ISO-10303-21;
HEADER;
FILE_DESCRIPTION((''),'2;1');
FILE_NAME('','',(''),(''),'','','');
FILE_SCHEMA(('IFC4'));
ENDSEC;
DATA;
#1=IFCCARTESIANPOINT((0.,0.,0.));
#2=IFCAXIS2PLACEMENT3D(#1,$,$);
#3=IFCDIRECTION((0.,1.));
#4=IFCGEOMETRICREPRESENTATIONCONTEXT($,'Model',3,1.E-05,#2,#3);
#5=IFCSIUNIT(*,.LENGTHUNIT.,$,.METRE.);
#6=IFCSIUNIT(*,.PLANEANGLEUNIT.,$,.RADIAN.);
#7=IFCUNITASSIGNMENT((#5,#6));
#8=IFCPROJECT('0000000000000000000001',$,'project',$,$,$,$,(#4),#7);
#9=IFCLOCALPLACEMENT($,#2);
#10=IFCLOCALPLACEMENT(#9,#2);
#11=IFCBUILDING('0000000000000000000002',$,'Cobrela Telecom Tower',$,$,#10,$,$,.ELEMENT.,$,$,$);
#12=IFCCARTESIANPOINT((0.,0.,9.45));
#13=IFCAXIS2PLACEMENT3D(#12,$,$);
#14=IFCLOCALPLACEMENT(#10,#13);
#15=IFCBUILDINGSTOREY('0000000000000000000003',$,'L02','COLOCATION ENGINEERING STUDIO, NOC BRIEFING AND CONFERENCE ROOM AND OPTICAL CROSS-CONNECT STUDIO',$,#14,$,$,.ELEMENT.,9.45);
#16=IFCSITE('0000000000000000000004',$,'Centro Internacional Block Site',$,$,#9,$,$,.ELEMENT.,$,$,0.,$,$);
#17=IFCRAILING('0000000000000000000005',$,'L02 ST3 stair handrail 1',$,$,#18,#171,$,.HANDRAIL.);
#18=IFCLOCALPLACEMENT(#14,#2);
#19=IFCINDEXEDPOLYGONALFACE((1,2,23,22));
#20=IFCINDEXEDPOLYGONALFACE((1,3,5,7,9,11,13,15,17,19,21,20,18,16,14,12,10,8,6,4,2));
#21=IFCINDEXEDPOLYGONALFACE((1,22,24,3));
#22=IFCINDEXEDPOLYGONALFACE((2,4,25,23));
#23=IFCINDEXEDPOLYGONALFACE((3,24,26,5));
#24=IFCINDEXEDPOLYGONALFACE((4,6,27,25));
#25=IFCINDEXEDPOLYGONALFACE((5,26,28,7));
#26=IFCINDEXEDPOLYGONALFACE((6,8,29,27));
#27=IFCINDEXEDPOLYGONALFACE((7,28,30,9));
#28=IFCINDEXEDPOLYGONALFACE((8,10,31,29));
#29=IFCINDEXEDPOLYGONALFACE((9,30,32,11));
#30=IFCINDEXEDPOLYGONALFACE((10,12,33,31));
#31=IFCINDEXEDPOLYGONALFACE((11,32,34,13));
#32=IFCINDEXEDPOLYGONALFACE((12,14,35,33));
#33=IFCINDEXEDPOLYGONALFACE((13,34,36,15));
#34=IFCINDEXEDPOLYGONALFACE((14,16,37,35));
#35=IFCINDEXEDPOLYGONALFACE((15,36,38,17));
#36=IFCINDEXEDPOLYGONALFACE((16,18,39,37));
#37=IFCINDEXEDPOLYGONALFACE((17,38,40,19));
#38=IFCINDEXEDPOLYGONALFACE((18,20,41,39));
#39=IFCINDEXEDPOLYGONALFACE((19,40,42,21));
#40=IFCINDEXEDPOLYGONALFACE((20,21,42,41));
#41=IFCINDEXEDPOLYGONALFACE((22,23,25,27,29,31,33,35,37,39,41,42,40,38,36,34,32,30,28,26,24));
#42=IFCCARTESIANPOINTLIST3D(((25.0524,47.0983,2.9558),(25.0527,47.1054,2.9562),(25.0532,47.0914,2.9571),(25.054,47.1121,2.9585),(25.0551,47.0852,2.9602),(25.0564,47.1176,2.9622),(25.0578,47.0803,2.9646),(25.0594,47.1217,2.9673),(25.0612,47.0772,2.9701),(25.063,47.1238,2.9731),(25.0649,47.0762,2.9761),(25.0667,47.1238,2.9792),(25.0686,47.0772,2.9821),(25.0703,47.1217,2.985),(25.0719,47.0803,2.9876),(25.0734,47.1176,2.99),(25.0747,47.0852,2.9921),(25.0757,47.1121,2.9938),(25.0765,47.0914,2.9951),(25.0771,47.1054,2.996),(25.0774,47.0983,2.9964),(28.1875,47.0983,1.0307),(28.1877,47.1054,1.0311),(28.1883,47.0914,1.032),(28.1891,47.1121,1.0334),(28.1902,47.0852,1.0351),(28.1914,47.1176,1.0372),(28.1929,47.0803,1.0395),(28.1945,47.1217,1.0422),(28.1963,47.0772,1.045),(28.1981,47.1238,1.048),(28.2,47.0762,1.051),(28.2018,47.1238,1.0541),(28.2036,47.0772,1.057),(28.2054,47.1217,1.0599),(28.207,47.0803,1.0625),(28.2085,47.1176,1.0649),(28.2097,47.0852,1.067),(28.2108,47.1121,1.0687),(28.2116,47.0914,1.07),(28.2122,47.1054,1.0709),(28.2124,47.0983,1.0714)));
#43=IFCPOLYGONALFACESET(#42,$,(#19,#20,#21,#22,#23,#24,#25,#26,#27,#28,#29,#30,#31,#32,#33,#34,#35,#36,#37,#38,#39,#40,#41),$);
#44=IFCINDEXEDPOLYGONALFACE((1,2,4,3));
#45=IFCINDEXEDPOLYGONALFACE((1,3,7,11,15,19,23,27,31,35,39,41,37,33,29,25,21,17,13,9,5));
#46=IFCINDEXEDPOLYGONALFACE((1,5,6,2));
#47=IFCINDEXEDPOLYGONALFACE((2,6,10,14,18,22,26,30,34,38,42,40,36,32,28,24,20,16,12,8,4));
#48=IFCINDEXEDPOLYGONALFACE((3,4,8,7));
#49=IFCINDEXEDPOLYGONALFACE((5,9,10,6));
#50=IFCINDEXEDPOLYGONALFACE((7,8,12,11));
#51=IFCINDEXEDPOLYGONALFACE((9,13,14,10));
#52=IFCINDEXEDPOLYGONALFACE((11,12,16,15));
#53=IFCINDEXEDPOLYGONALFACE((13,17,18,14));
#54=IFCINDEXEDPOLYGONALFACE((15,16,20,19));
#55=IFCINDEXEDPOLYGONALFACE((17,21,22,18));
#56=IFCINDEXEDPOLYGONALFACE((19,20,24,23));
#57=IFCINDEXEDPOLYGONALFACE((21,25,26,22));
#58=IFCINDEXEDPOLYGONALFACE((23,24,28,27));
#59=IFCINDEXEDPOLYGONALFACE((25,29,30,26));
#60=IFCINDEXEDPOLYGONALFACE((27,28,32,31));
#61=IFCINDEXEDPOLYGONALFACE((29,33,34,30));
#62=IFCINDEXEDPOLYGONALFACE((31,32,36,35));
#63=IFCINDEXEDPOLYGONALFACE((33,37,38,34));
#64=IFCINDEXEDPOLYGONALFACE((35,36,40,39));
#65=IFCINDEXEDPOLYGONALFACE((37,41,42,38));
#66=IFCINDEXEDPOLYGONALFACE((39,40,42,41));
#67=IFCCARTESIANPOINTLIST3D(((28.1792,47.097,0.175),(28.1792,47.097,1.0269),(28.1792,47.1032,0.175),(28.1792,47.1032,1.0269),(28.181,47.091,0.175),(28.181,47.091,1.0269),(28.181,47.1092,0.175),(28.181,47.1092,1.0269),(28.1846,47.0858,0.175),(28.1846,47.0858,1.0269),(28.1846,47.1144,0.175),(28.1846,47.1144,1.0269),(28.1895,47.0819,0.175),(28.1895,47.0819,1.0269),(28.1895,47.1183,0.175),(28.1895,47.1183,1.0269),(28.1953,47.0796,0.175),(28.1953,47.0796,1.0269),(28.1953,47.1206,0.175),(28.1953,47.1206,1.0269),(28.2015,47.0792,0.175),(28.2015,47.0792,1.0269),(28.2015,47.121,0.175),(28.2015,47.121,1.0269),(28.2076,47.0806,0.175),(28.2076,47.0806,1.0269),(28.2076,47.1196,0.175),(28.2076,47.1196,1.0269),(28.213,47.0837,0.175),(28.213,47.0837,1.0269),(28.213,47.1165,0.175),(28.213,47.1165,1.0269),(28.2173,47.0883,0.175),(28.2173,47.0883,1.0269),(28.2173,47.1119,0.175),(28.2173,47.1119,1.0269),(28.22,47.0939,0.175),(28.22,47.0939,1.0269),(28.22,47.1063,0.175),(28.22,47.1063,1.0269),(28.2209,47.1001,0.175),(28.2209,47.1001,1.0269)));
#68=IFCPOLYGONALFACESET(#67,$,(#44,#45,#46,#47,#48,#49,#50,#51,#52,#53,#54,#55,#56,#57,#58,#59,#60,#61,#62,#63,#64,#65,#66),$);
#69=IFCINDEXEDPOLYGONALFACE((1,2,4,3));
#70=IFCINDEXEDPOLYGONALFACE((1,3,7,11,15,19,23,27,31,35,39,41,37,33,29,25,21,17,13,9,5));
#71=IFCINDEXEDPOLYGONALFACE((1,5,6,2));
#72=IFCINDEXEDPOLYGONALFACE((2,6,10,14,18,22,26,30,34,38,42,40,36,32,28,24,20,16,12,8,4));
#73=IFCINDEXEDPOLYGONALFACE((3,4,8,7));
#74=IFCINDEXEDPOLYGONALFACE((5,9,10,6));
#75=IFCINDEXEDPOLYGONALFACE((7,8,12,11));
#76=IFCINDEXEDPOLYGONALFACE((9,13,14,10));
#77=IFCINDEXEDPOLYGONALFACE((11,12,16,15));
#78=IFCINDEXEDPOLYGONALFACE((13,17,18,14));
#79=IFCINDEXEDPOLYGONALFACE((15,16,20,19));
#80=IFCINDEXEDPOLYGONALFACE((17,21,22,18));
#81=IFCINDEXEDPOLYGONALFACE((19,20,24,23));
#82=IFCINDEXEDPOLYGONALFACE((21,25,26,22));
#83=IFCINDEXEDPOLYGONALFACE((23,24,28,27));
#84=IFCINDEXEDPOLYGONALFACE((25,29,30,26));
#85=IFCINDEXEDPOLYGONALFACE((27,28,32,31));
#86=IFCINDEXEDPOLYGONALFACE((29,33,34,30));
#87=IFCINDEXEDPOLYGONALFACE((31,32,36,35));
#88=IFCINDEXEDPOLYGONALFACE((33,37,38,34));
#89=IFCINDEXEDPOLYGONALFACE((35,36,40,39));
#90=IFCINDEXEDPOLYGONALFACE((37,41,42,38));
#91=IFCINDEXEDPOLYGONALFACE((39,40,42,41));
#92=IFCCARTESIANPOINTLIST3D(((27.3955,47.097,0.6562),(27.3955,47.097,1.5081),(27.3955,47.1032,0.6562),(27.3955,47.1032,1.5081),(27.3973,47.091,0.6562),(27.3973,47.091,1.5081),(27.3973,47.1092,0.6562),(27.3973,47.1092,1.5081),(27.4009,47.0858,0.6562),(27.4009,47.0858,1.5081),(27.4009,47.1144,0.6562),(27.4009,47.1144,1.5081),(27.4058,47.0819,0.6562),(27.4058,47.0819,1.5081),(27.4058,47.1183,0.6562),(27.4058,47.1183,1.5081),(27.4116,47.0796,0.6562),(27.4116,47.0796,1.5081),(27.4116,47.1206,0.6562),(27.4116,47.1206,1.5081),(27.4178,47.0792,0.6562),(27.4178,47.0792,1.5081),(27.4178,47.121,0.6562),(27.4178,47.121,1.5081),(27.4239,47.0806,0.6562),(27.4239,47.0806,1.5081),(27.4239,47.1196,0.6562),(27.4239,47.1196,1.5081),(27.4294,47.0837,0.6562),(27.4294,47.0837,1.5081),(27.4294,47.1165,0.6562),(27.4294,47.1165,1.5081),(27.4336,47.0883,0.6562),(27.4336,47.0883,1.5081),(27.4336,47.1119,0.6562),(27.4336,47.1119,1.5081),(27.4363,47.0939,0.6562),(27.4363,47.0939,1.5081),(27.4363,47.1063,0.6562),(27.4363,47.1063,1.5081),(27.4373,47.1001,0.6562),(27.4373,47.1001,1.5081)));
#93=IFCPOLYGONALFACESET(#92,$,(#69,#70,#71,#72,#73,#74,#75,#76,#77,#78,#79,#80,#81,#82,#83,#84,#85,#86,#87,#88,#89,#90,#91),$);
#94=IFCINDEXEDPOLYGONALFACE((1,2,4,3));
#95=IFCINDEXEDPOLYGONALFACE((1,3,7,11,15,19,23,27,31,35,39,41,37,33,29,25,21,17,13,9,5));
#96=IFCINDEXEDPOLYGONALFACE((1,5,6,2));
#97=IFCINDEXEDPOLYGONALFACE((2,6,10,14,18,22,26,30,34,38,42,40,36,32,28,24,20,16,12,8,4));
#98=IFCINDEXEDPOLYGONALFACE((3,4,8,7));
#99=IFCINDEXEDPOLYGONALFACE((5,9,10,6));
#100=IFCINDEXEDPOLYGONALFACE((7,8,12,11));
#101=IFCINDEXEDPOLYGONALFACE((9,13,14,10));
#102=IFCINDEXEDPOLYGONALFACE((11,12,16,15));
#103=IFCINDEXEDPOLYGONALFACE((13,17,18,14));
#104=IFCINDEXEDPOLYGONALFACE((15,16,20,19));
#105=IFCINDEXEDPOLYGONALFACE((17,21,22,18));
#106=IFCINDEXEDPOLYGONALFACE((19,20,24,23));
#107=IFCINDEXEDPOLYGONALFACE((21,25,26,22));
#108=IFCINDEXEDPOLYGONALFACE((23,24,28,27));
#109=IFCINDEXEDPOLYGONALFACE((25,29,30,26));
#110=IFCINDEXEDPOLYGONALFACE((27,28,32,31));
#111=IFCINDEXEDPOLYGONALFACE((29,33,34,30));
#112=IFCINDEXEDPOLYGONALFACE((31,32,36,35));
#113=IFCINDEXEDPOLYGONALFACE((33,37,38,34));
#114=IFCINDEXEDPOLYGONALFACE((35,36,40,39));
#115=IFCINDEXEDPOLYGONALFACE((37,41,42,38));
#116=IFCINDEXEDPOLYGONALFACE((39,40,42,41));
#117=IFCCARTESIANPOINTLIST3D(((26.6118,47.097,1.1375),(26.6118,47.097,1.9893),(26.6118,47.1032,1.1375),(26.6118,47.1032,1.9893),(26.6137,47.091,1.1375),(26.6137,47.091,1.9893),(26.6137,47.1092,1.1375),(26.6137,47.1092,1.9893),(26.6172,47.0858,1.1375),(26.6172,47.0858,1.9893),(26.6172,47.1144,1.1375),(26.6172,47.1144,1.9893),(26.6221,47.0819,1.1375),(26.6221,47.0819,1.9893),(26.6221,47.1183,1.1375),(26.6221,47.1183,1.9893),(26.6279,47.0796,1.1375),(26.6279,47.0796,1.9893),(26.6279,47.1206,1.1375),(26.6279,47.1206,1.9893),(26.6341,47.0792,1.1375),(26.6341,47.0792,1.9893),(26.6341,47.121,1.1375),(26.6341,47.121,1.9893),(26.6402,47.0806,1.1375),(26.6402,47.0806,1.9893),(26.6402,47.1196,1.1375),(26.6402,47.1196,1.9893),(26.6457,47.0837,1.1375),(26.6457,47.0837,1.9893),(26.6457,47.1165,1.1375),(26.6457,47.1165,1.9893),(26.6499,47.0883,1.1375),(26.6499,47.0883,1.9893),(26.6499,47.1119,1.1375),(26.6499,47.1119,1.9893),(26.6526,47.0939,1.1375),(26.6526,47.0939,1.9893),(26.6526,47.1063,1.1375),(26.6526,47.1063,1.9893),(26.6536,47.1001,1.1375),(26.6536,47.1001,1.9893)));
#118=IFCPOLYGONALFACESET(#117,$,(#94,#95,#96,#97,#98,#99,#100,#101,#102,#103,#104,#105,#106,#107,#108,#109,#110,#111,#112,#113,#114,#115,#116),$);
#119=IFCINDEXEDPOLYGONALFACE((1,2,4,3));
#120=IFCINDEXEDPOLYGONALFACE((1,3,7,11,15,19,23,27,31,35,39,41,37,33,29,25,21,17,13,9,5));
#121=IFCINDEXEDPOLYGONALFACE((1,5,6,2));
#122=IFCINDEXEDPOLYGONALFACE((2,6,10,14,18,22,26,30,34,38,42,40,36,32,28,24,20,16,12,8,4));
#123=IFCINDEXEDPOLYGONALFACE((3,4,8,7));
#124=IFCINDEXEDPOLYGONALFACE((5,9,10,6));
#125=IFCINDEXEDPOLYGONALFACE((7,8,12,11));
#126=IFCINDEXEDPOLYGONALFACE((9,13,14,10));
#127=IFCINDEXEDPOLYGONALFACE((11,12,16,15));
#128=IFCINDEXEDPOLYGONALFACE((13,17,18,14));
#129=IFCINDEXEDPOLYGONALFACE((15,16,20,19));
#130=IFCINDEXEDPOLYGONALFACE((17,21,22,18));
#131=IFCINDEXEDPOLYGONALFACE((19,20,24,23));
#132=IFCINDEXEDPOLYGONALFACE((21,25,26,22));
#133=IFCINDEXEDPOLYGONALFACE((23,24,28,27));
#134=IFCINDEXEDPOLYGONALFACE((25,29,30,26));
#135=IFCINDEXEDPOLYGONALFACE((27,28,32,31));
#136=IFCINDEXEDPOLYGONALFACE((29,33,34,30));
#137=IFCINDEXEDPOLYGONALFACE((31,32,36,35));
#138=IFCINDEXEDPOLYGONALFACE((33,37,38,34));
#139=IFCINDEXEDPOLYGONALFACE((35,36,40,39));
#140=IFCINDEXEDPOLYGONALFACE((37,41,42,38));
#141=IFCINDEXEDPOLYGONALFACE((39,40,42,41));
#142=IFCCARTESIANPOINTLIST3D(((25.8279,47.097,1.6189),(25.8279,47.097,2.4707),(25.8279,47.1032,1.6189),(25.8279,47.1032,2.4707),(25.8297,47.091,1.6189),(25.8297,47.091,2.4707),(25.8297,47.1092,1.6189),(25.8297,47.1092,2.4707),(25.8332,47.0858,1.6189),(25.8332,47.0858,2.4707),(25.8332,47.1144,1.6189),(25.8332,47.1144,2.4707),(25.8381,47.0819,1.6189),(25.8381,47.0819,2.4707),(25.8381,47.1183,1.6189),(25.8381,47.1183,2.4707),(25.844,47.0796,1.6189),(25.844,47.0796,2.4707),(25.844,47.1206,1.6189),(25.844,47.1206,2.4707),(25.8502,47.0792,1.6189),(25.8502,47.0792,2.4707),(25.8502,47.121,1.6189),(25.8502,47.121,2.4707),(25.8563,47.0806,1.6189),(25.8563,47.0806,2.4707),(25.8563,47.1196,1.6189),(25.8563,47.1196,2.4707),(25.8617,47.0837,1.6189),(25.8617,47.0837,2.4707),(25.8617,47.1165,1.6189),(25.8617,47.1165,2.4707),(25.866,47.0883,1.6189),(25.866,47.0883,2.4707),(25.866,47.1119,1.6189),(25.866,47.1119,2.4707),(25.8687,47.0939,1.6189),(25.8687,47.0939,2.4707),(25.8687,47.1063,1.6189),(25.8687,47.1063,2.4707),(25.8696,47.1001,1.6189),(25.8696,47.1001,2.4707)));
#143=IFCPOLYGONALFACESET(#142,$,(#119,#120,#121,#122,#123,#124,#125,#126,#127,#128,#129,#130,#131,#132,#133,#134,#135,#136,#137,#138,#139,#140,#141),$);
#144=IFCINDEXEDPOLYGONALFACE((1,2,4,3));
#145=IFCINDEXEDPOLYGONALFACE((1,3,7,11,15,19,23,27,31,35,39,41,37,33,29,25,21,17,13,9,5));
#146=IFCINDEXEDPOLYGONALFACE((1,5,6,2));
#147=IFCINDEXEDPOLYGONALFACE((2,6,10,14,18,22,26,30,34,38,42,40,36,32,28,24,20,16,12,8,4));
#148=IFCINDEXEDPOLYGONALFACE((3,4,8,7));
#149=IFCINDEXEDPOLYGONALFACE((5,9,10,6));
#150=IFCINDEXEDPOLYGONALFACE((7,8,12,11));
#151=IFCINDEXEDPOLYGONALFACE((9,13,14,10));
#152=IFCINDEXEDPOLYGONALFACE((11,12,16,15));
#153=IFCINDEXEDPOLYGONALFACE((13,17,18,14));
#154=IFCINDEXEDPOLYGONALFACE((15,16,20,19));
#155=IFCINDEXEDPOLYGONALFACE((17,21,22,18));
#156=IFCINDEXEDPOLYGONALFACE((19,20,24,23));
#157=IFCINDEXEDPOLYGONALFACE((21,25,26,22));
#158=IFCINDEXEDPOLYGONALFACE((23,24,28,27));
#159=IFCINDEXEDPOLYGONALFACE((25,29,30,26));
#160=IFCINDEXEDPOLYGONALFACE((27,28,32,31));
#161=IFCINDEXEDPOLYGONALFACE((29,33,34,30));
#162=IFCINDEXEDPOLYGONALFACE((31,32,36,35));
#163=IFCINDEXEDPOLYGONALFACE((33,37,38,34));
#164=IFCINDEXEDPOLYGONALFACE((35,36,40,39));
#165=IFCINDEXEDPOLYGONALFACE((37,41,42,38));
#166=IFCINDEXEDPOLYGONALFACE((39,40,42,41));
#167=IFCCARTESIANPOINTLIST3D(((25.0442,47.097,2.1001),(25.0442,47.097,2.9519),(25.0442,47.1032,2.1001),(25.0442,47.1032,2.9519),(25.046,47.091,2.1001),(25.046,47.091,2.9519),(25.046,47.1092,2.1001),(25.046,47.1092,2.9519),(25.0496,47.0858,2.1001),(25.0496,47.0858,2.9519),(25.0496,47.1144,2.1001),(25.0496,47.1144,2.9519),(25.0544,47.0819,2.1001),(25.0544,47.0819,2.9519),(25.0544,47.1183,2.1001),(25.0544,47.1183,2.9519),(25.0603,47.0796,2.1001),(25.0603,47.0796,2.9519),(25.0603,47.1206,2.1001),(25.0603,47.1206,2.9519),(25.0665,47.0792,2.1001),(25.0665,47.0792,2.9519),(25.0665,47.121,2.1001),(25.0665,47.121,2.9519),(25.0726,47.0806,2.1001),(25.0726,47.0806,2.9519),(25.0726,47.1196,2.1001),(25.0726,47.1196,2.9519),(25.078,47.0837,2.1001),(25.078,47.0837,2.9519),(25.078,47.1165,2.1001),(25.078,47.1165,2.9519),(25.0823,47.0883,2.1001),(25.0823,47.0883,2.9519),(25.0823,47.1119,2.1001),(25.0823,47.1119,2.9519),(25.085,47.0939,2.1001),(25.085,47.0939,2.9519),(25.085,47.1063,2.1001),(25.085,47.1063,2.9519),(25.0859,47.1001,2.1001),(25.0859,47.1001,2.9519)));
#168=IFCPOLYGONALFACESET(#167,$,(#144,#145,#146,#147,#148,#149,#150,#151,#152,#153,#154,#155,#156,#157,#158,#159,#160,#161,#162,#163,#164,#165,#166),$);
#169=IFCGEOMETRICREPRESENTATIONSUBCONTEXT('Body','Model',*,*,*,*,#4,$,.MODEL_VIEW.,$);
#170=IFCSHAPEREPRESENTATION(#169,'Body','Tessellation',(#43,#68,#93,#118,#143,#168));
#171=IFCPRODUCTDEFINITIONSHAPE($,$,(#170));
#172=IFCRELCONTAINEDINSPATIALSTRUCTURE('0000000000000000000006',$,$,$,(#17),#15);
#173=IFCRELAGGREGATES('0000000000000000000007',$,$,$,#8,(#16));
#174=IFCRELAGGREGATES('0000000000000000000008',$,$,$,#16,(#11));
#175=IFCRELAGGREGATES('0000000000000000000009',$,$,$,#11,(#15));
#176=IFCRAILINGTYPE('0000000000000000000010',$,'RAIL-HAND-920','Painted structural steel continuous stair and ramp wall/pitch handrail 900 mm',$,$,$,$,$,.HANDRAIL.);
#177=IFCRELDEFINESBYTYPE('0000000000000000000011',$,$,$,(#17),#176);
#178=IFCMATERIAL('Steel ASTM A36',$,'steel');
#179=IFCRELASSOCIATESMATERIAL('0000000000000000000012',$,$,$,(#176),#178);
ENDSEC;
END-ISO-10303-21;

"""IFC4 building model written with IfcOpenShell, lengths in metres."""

from ifc_helpers import new_model, si_unit, direction, frame, origin, origin_2d, place, context, subcontext, project, spatial, circle, extrude, material, type_object, element, save


model = new_model("IFC4")

# Units and contexts
model_context = context("Model", 3, precision=1e-05, world=origin(), true_north=direction((0.0, 1.0)))
body_context = subcontext(model_context, "Body", "Model", "MODEL_VIEW")
ifc_project = project(units=[si_unit("LENGTHUNIT", "METRE"), si_unit("PLANEANGLEUNIT", "RADIAN")], contexts=[model_context])

# Site, building, storey
site_placement = place(None, origin())
site = spatial("IfcSite", under=ifc_project, at=site_placement, Name="Centro Internacional Block Site", CompositionType="ELEMENT", RefElevation=0.0)
building_placement = place(site_placement, origin())
building = spatial("IfcBuilding", under=site, at=building_placement, Name="Cobrela Telecom Tower", CompositionType="ELEMENT")
storey_placement = place(building_placement, frame((0.0, 0.0, 9.45)))
storey = spatial("IfcBuildingStorey", under=building, at=storey_placement, Name="L02", Description="COLOCATION ENGINEERING STUDIO, NOC BRIEFING AND CONFERENCE ROOM AND OPTICAL CROSS-CONNECT STUDIO", CompositionType="ELEMENT", Elevation=9.45)

# Shared definitions
ifc_material_1 = material(Name="Steel ASTM A36", Category="steel")

# Railing
railing_type_1 = type_object("IfcRailingType", Name="RAIL-HAND-920", Description="Painted structural steel continuous stair and ramp wall/pitch handrail 900 mm", PredefinedType="HANDRAIL", material=ifc_material_1)
railing_1_placement = place(storey_placement, frame((28.2, 47.1001, 0.175)))
element("IfcRailing", 1, at=railing_1_placement, inside=storey, type_object=railing_type_1, Name="L02 ST3 stair handrail 1", PredefinedType="HANDRAIL", context=body_context, shape_type="SweptSolid", body=[
    extrude(circle(Radius=0.0239, at=origin_2d()), frame((0.0, 0.0, 0.876), z_axis=(-0.852166, 0.0, 0.523271), x_axis=(0.0, -1.0, 0.0)), (0.0, 0.0, 1.0), 3.679),
    extrude(circle(Radius=0.021, at=origin_2d()), origin(), (0.0, 0.0, 1.0), 0.8518),
    extrude(circle(Radius=0.021, at=origin_2d()), frame((-0.7837, 0.0, 0.4812)), (0.0, 0.0, 1.0), 0.8518),
    extrude(circle(Radius=0.021, at=origin_2d()), frame((-1.5674, 0.0, 0.9624)), (0.0, 0.0, 1.0), 0.8518),
    extrude(circle(Radius=0.021, at=origin_2d()), frame((-2.3513, 0.0, 1.4438)), (0.0, 0.0, 1.0), 0.8518),
    extrude(circle(Radius=0.021, at=origin_2d()), frame((-3.135, 0.0, 1.925)), (0.0, 0.0, 1.0), 0.8518),
])

save(model, "model.ifc")
